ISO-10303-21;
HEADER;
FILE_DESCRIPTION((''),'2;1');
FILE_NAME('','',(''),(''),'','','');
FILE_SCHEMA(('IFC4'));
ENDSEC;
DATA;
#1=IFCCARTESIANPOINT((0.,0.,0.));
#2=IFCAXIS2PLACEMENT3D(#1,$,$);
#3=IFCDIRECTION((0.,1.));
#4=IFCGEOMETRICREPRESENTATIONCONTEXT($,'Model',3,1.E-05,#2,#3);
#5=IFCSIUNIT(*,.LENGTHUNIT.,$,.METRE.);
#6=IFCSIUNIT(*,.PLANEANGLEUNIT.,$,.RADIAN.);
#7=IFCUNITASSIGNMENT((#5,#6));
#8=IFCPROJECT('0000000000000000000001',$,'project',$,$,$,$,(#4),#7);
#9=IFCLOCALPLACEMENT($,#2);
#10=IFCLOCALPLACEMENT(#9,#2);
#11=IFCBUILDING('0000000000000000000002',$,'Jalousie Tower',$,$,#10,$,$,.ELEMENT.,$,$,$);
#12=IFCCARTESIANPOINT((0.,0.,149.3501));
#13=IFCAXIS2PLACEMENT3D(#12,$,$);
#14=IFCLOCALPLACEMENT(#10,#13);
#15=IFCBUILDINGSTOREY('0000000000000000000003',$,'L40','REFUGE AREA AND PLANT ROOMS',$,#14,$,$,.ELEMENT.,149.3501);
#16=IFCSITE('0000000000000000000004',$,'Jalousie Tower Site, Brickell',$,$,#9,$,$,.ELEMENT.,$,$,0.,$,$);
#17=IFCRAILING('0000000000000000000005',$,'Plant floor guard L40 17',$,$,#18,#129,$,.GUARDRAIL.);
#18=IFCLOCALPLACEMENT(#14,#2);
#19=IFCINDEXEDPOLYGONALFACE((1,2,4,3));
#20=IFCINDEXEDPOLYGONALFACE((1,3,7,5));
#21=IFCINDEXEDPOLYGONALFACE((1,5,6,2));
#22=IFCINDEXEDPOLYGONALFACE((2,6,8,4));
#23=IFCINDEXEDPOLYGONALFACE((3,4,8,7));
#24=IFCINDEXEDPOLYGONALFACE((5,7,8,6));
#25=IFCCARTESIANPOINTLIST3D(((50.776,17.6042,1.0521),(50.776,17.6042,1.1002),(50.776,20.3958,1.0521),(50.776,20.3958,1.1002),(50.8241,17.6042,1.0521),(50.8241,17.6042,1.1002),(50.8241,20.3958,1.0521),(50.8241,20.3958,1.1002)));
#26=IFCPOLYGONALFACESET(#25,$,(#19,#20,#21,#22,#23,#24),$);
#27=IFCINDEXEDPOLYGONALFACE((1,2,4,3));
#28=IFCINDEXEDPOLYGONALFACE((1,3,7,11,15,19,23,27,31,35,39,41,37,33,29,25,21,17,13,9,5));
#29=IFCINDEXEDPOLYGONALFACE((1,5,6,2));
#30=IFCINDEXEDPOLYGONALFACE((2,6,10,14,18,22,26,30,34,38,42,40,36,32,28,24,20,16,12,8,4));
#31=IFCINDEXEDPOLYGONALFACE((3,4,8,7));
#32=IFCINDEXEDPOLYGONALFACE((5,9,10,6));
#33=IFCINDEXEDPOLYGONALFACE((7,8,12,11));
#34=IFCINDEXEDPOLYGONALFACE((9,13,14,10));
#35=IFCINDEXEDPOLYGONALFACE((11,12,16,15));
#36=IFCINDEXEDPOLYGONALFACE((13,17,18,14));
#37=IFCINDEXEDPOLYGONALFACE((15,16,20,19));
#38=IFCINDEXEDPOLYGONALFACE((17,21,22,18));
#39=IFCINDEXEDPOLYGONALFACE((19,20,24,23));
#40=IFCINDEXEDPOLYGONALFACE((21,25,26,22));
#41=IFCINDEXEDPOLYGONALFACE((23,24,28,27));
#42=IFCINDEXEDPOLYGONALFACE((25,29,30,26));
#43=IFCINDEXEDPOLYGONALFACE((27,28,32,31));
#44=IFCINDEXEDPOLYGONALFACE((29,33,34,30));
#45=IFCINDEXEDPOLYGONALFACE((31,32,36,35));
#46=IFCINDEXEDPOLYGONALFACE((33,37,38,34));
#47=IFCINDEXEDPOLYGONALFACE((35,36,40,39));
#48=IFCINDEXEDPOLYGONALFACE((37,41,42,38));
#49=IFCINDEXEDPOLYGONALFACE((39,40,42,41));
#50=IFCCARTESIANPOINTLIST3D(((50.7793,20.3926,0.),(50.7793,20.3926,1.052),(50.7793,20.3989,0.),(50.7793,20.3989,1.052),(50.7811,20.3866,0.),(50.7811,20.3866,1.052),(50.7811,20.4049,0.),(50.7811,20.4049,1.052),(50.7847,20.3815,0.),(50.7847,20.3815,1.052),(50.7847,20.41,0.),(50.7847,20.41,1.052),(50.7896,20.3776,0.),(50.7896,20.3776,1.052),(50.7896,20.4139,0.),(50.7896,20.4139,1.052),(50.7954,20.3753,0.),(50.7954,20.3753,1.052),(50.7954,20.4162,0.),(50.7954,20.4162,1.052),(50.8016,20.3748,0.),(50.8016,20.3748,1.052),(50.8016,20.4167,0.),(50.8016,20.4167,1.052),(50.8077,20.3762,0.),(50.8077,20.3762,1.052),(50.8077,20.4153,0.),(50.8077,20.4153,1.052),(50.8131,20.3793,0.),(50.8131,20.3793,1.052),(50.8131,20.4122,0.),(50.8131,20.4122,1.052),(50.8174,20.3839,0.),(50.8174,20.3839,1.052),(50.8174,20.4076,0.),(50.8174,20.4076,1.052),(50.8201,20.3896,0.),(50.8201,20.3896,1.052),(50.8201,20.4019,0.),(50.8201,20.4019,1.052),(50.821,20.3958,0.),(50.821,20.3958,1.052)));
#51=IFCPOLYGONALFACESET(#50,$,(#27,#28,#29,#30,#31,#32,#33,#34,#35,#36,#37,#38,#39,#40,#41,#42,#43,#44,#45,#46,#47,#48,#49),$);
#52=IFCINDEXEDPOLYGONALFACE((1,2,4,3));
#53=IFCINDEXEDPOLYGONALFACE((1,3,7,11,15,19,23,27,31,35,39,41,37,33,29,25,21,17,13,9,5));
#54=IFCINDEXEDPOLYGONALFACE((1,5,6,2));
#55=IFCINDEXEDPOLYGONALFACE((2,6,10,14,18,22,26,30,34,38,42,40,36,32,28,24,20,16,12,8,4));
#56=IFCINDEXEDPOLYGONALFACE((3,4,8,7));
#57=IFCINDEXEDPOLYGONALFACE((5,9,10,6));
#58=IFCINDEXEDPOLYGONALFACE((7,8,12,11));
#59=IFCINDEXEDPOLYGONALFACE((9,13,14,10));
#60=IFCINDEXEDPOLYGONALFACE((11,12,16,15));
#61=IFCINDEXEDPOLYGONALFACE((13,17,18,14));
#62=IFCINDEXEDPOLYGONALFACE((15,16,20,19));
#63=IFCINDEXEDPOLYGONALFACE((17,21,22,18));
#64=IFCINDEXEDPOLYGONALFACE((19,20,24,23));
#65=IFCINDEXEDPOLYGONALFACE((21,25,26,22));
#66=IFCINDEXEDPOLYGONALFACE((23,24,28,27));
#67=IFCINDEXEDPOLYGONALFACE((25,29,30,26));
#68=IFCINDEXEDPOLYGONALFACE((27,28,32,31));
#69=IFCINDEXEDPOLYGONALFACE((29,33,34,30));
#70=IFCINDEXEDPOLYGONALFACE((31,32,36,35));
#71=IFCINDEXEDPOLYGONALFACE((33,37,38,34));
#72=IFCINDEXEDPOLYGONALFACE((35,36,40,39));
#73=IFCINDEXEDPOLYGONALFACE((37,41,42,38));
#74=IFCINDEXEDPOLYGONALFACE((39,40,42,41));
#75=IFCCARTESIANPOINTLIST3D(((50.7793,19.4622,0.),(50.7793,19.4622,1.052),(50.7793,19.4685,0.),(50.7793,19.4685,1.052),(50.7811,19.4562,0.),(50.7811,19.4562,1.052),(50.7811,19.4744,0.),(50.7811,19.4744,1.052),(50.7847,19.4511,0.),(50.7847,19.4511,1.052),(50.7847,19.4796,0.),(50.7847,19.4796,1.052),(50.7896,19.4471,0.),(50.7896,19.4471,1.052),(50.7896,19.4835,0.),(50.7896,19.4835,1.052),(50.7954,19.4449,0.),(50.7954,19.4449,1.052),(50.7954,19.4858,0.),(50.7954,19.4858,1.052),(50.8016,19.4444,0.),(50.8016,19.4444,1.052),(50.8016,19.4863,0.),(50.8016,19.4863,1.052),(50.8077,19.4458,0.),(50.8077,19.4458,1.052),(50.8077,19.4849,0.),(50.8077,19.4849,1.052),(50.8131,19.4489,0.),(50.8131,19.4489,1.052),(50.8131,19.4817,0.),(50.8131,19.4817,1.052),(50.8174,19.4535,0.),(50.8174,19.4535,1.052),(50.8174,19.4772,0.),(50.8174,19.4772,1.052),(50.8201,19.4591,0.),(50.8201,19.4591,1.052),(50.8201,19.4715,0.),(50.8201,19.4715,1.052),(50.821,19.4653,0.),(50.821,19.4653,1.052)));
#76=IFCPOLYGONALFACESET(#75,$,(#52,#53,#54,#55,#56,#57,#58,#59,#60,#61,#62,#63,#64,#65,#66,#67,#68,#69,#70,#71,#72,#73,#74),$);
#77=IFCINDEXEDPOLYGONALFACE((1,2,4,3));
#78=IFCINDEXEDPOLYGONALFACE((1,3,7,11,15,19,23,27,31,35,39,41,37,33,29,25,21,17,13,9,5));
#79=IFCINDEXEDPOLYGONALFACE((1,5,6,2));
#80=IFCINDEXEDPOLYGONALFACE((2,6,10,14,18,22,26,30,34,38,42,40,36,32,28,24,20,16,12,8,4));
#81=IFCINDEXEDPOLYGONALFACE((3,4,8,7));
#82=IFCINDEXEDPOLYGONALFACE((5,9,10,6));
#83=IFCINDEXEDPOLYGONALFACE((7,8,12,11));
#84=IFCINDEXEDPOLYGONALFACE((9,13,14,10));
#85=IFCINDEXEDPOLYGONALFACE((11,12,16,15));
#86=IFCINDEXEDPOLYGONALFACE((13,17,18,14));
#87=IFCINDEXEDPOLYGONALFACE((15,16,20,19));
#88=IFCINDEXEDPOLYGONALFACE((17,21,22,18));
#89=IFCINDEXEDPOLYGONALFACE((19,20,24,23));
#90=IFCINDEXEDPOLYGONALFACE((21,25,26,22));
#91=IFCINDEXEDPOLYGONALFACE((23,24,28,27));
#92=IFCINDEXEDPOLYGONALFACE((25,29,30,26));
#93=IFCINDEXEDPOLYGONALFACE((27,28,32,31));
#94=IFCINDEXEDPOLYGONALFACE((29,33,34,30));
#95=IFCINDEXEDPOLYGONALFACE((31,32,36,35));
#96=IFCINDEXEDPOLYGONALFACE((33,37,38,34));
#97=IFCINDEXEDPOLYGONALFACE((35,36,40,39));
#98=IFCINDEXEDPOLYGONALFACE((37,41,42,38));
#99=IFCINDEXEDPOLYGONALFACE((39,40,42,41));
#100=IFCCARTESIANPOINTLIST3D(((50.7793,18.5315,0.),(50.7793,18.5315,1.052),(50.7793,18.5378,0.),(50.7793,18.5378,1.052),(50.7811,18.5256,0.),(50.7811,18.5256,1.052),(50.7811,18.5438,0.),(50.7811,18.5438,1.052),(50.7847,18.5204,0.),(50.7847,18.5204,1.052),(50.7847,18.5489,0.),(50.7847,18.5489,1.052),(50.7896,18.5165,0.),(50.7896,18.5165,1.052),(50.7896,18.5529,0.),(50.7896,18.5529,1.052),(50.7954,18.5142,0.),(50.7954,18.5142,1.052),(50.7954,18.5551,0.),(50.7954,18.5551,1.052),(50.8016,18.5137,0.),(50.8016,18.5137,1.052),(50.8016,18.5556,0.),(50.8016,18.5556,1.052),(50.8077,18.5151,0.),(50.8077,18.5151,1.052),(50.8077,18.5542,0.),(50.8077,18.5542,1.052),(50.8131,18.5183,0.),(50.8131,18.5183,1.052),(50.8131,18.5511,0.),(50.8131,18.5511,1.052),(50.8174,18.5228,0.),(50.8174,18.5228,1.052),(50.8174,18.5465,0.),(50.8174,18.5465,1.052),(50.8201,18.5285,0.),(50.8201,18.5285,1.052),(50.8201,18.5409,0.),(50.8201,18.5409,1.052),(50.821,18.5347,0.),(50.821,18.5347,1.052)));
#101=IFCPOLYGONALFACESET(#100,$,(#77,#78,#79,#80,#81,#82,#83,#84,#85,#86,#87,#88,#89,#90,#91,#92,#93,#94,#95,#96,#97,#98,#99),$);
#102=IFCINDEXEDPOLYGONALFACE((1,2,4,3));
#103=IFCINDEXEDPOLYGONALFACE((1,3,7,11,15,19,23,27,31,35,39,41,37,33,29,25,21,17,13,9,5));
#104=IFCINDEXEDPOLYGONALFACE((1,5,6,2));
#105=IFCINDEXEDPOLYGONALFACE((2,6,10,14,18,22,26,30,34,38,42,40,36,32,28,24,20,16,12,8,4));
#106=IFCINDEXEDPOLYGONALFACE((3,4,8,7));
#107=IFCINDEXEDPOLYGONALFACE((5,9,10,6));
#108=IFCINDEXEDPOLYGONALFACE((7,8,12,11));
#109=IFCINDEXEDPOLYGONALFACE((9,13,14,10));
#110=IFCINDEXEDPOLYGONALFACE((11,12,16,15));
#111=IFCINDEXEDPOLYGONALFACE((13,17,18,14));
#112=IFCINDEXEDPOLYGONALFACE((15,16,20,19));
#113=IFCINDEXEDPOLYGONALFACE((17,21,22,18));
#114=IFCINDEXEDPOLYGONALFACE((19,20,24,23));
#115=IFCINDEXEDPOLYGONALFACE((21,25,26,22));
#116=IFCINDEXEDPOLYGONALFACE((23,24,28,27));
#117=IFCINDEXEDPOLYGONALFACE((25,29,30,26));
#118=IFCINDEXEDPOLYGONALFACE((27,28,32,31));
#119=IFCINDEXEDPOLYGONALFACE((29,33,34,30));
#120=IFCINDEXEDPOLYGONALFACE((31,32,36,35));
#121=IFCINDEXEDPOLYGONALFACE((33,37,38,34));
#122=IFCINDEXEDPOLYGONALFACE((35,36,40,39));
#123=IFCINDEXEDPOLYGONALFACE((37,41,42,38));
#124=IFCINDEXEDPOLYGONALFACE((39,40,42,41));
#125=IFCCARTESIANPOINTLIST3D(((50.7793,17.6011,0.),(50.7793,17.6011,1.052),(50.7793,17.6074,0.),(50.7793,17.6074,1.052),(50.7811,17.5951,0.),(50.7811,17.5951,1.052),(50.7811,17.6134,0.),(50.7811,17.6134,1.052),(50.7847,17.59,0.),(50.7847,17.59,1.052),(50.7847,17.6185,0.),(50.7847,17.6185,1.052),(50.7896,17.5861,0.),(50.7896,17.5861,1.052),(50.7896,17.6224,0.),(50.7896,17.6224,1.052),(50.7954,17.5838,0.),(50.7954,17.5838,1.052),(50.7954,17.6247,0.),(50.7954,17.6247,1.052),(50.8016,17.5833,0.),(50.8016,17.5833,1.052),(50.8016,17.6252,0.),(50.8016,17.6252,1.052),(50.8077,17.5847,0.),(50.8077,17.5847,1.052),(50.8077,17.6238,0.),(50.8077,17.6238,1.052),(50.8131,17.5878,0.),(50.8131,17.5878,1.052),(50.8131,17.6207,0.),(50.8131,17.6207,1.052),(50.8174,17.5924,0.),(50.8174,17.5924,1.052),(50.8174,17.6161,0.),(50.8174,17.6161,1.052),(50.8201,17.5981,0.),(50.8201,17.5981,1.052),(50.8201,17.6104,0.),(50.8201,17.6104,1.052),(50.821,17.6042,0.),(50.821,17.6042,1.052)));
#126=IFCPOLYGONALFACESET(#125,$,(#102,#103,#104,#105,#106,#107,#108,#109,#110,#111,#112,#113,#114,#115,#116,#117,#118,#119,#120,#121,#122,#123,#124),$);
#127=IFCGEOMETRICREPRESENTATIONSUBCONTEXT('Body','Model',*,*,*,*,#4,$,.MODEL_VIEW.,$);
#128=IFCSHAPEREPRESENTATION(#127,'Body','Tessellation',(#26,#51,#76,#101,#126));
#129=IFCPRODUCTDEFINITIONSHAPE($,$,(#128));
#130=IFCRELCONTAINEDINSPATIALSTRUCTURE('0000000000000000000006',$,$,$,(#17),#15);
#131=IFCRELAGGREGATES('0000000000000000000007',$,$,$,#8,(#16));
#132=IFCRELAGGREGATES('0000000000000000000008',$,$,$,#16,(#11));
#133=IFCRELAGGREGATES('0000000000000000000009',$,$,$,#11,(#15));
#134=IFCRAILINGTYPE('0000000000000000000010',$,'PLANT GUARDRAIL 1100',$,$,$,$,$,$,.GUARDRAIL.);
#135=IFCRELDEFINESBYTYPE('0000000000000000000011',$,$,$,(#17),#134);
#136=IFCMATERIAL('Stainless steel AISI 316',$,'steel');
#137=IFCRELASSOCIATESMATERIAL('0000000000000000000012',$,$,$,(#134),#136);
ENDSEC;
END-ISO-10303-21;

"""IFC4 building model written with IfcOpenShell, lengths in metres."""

from ifc_helpers import new_model, si_unit, direction, frame, origin, origin_2d, place, context, subcontext, project, spatial, rectangle, circle, extrude, material, type_object, element, save


model = new_model("IFC4")

# Units and contexts
model_context = context("Model", 3, precision=1e-05, world=origin(), true_north=direction((0.0, 1.0)))
body_context = subcontext(model_context, "Body", "Model", "MODEL_VIEW")
ifc_project = project(units=[si_unit("LENGTHUNIT", "METRE"), si_unit("PLANEANGLEUNIT", "RADIAN")], contexts=[model_context])

# Site, building, storey
site_placement = place(None, origin())
site = spatial("IfcSite", under=ifc_project, at=site_placement, Name="Jalousie Tower Site, Brickell", CompositionType="ELEMENT", RefElevation=0.0)
building_placement = place(site_placement, origin())
building = spatial("IfcBuilding", under=site, at=building_placement, Name="Jalousie Tower", CompositionType="ELEMENT")
storey_placement = place(building_placement, frame((0.0, 0.0, 149.3501)))
storey = spatial("IfcBuildingStorey", under=building, at=storey_placement, Name="L40", Description="REFUGE AREA AND PLANT ROOMS", CompositionType="ELEMENT", Elevation=149.3501)

# Railing
ifc_material_1 = material(Name="Stainless steel AISI 316", Category="steel")
railing_type_1 = type_object("IfcRailingType", Name="PLANT GUARDRAIL 1100", PredefinedType="GUARDRAIL", material=ifc_material_1)
railing_1_placement = place(storey_placement, frame((50.8, 20.3958, 0.0)))
element("IfcRailing", 1, at=railing_1_placement, inside=storey, type_object=railing_type_1, Name="Plant floor guard L40 17", PredefinedType="GUARDRAIL", context=body_context, shape_type="SweptSolid", body=[
    extrude(rectangle(XDim=0.0481, YDim=0.0481, at=origin_2d()), frame((0.0, 0.0, 1.0762), z_axis=(0.0, -1.0, 0.0), x_axis=(1.0, 0.0, 0.0)), (0.0, 0.0, 1.0), 2.7915),
    extrude(circle(Radius=0.021, at=origin_2d()), origin(), (0.0, 0.0, 1.0), 1.052),
    extrude(circle(Radius=0.021, at=origin_2d()), frame((0.0, -0.9304, 0.0)), (0.0, 0.0, 1.0), 1.052),
    extrude(circle(Radius=0.021, at=origin_2d()), frame((0.0, -1.8611, 0.0)), (0.0, 0.0, 1.0), 1.052),
    extrude(circle(Radius=0.021, at=origin_2d()), frame((0.0, -2.7915, 0.0)), (0.0, 0.0, 1.0), 1.052),
])

save(model, "model.ifc")
